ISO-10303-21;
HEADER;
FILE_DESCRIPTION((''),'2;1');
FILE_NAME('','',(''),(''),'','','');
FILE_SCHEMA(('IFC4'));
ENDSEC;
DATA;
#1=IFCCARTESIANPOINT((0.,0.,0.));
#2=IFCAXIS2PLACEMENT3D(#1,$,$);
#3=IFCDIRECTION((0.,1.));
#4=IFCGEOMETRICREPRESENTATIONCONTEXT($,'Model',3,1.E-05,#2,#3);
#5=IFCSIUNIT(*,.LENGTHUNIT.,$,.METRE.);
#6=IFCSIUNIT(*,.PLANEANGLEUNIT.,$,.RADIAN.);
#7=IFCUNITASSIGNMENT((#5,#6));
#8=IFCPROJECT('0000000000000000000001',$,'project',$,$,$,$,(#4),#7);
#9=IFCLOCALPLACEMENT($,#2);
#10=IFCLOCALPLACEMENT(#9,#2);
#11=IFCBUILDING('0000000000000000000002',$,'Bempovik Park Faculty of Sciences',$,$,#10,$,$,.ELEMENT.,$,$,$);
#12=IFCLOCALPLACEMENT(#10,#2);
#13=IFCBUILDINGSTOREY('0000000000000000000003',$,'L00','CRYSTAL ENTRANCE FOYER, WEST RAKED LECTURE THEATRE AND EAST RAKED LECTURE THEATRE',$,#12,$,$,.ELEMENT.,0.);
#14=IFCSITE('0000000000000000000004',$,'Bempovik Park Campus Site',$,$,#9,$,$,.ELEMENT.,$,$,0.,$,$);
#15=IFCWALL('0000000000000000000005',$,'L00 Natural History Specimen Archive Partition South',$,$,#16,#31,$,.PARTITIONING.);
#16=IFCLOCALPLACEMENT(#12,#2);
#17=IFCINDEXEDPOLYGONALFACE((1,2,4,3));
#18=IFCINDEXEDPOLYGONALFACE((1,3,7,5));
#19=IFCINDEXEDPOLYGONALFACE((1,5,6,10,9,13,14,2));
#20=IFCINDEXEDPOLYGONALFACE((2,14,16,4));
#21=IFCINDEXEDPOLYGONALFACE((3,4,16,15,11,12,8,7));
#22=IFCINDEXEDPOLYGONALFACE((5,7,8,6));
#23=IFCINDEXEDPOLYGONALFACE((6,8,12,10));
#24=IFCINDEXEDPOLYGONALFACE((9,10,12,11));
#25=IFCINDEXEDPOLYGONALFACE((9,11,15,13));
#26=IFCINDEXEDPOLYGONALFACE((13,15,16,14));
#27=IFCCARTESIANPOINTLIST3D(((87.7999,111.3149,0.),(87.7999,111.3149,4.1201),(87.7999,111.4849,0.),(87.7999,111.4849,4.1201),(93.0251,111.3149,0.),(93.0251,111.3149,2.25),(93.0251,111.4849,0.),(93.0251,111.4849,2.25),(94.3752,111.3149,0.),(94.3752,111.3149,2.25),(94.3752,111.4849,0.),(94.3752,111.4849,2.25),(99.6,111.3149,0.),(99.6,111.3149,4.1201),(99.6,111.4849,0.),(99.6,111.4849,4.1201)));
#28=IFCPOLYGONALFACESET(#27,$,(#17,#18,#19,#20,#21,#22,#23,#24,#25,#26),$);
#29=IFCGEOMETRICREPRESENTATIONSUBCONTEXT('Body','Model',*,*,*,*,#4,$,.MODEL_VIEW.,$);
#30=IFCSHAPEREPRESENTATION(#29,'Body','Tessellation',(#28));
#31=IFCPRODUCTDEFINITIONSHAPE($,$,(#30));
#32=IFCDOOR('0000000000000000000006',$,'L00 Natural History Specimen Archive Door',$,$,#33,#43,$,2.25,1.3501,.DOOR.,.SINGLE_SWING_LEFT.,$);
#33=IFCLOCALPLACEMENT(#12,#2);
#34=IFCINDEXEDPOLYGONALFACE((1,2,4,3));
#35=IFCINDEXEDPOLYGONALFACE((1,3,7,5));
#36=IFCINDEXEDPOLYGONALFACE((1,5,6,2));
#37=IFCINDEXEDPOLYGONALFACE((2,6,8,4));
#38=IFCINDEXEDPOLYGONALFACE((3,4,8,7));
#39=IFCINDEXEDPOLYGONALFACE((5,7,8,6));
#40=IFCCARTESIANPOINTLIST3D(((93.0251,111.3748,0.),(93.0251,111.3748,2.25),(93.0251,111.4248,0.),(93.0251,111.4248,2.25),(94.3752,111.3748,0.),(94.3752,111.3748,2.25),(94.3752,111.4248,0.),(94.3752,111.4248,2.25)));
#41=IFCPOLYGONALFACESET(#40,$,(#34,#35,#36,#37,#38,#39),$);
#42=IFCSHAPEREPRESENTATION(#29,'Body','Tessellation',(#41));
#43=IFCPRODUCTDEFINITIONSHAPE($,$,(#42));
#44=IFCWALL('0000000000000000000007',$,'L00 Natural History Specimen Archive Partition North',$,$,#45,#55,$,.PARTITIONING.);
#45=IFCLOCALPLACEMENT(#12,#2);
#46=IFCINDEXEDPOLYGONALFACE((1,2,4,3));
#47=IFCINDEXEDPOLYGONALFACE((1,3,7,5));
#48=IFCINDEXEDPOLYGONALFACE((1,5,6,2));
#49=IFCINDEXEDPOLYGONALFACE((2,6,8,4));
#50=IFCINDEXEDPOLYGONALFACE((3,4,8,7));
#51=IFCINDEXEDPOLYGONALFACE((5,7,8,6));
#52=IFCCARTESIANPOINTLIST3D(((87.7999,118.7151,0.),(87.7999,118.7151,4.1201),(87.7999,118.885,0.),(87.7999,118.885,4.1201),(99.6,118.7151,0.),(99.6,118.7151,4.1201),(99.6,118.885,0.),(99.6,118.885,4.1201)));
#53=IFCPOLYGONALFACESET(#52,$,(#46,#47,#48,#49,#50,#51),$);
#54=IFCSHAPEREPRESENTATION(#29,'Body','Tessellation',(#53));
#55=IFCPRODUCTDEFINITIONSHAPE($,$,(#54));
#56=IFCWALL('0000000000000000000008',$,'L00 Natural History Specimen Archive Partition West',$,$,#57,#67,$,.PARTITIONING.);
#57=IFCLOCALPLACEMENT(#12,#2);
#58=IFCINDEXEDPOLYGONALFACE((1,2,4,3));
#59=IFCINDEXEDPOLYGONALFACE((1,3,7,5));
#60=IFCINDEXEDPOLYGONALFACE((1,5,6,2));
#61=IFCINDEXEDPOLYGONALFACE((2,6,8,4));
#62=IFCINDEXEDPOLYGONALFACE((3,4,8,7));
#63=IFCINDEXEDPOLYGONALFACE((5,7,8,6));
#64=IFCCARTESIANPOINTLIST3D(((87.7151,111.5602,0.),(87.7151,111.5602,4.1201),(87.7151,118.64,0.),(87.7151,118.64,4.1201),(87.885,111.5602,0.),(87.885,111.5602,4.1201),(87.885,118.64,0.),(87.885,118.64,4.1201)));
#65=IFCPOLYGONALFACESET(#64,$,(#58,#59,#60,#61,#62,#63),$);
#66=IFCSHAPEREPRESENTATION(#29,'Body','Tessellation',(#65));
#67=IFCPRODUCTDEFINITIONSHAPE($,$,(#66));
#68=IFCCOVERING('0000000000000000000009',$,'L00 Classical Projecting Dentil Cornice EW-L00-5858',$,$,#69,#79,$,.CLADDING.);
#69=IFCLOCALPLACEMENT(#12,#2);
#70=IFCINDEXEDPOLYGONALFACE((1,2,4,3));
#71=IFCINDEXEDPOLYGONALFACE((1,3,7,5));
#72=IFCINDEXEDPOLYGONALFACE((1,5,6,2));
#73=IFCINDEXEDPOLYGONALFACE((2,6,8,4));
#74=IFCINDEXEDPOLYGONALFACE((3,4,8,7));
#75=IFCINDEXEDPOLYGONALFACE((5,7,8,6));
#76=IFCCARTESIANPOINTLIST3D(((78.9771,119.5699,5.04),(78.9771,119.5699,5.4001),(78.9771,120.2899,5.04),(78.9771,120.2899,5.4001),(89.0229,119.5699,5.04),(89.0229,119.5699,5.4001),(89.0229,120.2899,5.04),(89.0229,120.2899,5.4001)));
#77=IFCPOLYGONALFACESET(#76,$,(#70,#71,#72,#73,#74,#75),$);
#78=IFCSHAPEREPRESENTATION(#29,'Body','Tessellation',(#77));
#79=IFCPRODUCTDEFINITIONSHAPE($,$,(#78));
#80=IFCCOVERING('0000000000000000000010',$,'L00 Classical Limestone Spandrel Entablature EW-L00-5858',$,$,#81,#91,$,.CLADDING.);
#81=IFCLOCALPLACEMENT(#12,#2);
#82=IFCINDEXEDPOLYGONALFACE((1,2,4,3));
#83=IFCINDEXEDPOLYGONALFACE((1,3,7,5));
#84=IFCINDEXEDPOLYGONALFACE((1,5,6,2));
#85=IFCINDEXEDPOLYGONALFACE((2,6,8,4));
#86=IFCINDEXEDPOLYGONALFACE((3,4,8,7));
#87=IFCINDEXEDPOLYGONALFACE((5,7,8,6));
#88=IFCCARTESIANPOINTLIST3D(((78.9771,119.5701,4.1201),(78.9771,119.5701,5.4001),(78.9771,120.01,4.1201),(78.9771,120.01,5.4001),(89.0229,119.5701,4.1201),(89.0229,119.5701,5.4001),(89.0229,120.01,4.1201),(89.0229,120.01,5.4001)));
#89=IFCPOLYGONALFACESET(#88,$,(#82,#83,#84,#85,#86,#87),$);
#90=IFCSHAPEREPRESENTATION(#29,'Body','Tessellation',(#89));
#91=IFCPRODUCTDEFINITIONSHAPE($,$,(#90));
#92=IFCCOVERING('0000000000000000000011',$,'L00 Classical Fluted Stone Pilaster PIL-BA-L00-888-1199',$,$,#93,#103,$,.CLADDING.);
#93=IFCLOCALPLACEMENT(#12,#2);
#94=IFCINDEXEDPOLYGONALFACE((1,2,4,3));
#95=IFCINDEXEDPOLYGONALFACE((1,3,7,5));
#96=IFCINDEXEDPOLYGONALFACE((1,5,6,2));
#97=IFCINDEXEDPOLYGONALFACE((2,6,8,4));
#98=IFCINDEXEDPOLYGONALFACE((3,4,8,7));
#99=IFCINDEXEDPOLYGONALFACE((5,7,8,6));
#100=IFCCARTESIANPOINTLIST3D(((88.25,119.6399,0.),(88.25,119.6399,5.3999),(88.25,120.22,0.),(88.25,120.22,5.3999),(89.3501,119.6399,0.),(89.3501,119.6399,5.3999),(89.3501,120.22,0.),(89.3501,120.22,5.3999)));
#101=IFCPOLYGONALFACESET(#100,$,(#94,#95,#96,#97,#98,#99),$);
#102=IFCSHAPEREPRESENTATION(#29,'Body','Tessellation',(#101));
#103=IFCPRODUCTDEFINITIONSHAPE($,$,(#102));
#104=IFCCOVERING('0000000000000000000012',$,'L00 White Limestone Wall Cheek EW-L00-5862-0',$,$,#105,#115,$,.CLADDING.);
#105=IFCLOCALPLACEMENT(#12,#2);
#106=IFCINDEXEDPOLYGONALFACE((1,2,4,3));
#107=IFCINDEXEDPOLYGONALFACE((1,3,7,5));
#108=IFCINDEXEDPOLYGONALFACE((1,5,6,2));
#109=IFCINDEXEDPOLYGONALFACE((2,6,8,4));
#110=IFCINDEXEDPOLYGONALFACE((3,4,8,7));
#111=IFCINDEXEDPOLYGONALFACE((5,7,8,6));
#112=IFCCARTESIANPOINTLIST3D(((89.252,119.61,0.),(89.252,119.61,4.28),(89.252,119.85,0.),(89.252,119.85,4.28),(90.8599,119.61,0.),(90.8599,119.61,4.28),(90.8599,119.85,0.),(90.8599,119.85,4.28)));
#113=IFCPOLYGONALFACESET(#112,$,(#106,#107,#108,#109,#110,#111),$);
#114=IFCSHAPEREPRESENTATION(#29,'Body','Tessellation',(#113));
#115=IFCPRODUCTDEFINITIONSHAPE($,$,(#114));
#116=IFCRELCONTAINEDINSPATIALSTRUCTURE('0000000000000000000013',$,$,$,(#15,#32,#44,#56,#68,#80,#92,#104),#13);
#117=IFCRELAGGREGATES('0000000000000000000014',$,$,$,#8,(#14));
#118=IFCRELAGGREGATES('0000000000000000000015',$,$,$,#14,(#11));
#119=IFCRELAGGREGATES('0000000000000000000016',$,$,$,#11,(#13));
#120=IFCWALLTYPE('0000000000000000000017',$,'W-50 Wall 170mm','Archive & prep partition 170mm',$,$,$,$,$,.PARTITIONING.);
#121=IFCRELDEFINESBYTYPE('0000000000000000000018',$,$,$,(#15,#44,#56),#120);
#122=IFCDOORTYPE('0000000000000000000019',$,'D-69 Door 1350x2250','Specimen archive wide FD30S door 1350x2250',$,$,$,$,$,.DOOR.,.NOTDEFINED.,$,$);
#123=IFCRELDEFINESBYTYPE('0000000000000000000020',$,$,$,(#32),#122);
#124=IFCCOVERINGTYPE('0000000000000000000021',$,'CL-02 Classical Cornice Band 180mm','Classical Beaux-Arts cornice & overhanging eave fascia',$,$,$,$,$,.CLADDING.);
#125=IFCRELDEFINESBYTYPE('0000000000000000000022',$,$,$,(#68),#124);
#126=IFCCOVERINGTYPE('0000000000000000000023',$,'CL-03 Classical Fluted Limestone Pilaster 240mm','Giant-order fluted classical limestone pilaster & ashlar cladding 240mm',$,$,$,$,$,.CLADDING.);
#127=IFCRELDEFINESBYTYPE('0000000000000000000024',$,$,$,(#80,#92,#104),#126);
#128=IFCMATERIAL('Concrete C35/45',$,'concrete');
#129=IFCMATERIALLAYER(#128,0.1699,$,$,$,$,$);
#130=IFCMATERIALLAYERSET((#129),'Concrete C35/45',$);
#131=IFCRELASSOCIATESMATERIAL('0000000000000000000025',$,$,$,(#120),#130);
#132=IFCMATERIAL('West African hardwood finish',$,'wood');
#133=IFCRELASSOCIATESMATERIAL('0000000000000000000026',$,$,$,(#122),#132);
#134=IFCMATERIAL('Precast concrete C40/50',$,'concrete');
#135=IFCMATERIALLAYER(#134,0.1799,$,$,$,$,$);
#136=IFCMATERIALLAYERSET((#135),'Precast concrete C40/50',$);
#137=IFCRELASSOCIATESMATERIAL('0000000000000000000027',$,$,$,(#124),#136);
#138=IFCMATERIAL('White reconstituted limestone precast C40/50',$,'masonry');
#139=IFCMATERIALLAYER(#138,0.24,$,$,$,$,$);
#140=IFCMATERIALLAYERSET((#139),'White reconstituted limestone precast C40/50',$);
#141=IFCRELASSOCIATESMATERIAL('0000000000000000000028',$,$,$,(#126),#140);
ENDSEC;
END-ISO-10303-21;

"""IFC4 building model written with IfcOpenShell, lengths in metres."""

from ifc_helpers import new_model, si_unit, direction, frame, frame_2d, origin, origin_2d, place, context, subcontext, project, spatial, rectangle, extrude, material, layer, layer_set, type_object, element, fill, save


model = new_model("IFC4")

# Units and contexts
model_context = context("Model", 3, precision=1e-05, world=origin(), true_north=direction((0.0, 1.0)))
body_context = subcontext(model_context, "Body", "Model", "MODEL_VIEW")
ifc_project = project(units=[si_unit("LENGTHUNIT", "METRE"), si_unit("PLANEANGLEUNIT", "RADIAN")], contexts=[model_context])

# Site, building, storey
site_placement = place(None, origin())
site = spatial("IfcSite", under=ifc_project, at=site_placement, Name="Bempovik Park Campus Site", CompositionType="ELEMENT", RefElevation=0.0)
building_placement = place(site_placement, origin())
building = spatial("IfcBuilding", under=site, at=building_placement, Name="Bempovik Park Faculty of Sciences", CompositionType="ELEMENT")
storey_placement = place(building_placement, origin())
storey = spatial("IfcBuildingStorey", under=building, at=storey_placement, Name="L00", Description="CRYSTAL ENTRANCE FOYER, WEST RAKED LECTURE THEATRE AND EAST RAKED LECTURE THEATRE", CompositionType="ELEMENT", Elevation=0.0)

# Shared definitions
ifc_material_1 = material(Name="Concrete C35/45", Category="concrete")

# Shared definitions
ifc_material_2 = material(Name="Precast concrete C40/50", Category="concrete")

# Wall, opening, door
ifc_layer_1 = layer(ifc_material_1, 0.1699)
ifc_layer_set_1 = layer_set([ifc_layer_1], Name="Concrete C35/45")
wall_type_1 = type_object("IfcWallType", Name="W-50 Wall 170mm", Description="Archive & prep partition 170mm", PredefinedType="PARTITIONING", material=ifc_layer_set_1)
wall_1_placement = place(storey_placement, frame((87.8, 111.3999, 0.0), z_axis=(0.0, 0.0, 1.0), x_axis=(1.0, 0.0, 0.0)))
wall_1 = element("IfcWall", 1, at=wall_1_placement, inside=storey, type_object=wall_type_1, Name="L00 Natural History Specimen Archive Partition South", PredefinedType="PARTITIONING", context=body_context, shape_type="SweptSolid", body=[
    extrude(rectangle(XDim=11.8, YDim=0.1699, at=frame_2d((5.8999, 0.0))), origin(), (0.0, 0.0, 1.0), 4.1201),
])
opening_1_placement = place(wall_1_placement, frame((5.2251, 0.0, 0.0)))
opening_1 = element("IfcOpeningElement", 2, at=opening_1_placement, cuts=wall_1, PredefinedType="OPENING", context=body_context, shape_type="SweptSolid", body=[
    extrude(rectangle(XDim=1.3501, YDim=2.25, at=frame_2d((0.675, 1.125))), frame((0.0, 0.095, 0.0), z_axis=(0.0, -1.0, 0.0), x_axis=(1.0, 0.0, 0.0)), (0.0, 0.0, 1.0), 0.1899),
])
ifc_material_3 = material(Name="West African hardwood finish", Category="wood")
door_type_1 = type_object("IfcDoorType", Name="D-69 Door 1350x2250", Description="Specimen archive wide FD30S door 1350x2250", OperationType="NOTDEFINED", PredefinedType="DOOR", material=ifc_material_3)
door_1_placement = place(opening_1_placement, origin())
door_1 = element("IfcDoor", 3, at=door_1_placement, inside=storey, type_object=door_type_1, Name="L00 Natural History Specimen Archive Door", OperationType="SINGLE_SWING_LEFT", OverallHeight=2.25, OverallWidth=1.3501, PredefinedType="DOOR", context=body_context, shape_type="SweptSolid", body=[
    extrude(rectangle(XDim=1.3501, YDim=2.25, at=frame_2d((0.675, 1.125))), frame((0.0, 0.0249, 0.0), z_axis=(0.0, -1.0, 0.0), x_axis=(1.0, 0.0, 0.0)), (0.0, 0.0, 1.0), 0.05),
])
fill(opening_1, door_1)

# Walls
wall_2_placement = place(storey_placement, frame((87.8, 118.8, 0.0), z_axis=(0.0, 0.0, 1.0), x_axis=(1.0, 0.0, 0.0)))
element("IfcWall", 4, at=wall_2_placement, inside=storey, type_object=wall_type_1, Name="L00 Natural History Specimen Archive Partition North", PredefinedType="PARTITIONING", context=body_context, shape_type="SweptSolid", body=[
    extrude(rectangle(XDim=11.8, YDim=0.1699, at=frame_2d((5.8999, 0.0))), origin(), (0.0, 0.0, 1.0), 4.1201),
])
wall_3_placement = place(storey_placement, frame((87.8, 111.5601, 0.0), z_axis=(0.0, 0.0, 1.0), x_axis=(0.0, 1.0, 0.0)))
element("IfcWall", 5, at=wall_3_placement, inside=storey, type_object=wall_type_1, Name="L00 Natural History Specimen Archive Partition West", PredefinedType="PARTITIONING", context=body_context, shape_type="SweptSolid", body=[
    extrude(rectangle(XDim=7.0798, YDim=0.1699, at=frame_2d((3.54, 0.0))), origin(), (0.0, 0.0, 1.0), 4.1201),
])

# Coverings
ifc_layer_2 = layer(ifc_material_2, 0.1799)
ifc_layer_set_2 = layer_set([ifc_layer_2], Name="Precast concrete C40/50")
covering_type_1 = type_object("IfcCoveringType", Name="CL-02 Classical Cornice Band 180mm", Description="Classical Beaux-Arts cornice & overhanging eave fascia", PredefinedType="CLADDING", material=ifc_layer_set_2)
covering_1_placement = place(storey_placement, frame((84.0, 119.9299, 5.04), z_axis=(0.0, 0.0, 1.0), x_axis=(1.0, 0.0, 0.0)))
element("IfcCovering", 6, at=covering_1_placement, inside=storey, type_object=covering_type_1, Name="L00 Classical Projecting Dentil Cornice EW-L00-5858", PredefinedType="CLADDING", context=body_context, shape_type="SweptSolid", body=[
    extrude(rectangle(XDim=10.0459, YDim=0.72, at=origin_2d()), origin(), (0.0, 0.0, 1.0), 0.3601),
])
ifc_material_4 = material(Name="White reconstituted limestone precast C40/50", Category="masonry")
ifc_layer_3 = layer(ifc_material_4, 0.24)
ifc_layer_set_3 = layer_set([ifc_layer_3], Name="White reconstituted limestone precast C40/50")
covering_type_2 = type_object("IfcCoveringType", Name="CL-03 Classical Fluted Limestone Pilaster 240mm", Description="Giant-order fluted classical limestone pilaster & ashlar cladding 240mm", PredefinedType="CLADDING", material=ifc_layer_set_3)
covering_2_placement = place(storey_placement, frame((84.0, 119.79, 4.1201), z_axis=(0.0, 0.0, 1.0), x_axis=(1.0, 0.0, 0.0)))
element("IfcCovering", 7, at=covering_2_placement, inside=storey, type_object=covering_type_2, Name="L00 Classical Limestone Spandrel Entablature EW-L00-5858", PredefinedType="CLADDING", context=body_context, shape_type="SweptSolid", body=[
    extrude(rectangle(XDim=10.0459, YDim=0.4399, at=origin_2d()), origin(), (0.0, 0.0, 1.0), 1.28),
])
covering_3_placement = place(storey_placement, frame((88.8, 119.9299, 0.0), z_axis=(0.0, 0.0, 1.0), x_axis=(1.0, 0.0, 0.0)))
element("IfcCovering", 8, at=covering_3_placement, inside=storey, type_object=covering_type_2, Name="L00 Classical Fluted Stone Pilaster PIL-BA-L00-888-1199", PredefinedType="CLADDING", context=body_context, shape_type="SweptSolid", body=[
    extrude(rectangle(XDim=1.1001, YDim=0.5801, at=origin_2d()), origin(), (0.0, 0.0, 1.0), 5.3999),
])
covering_4_placement = place(storey_placement, frame((90.0559, 119.73, 0.0), z_axis=(0.0, 0.0, 1.0), x_axis=(1.0, 0.0, 0.0)))
element("IfcCovering", 9, at=covering_4_placement, inside=storey, type_object=covering_type_2, Name="L00 White Limestone Wall Cheek EW-L00-5862-0", PredefinedType="CLADDING", context=body_context, shape_type="SweptSolid", body=[
    extrude(rectangle(XDim=1.6079, YDim=0.24, at=origin_2d()), origin(), (0.0, 0.0, 1.0), 4.28),
])

save(model, "model.ifc")
